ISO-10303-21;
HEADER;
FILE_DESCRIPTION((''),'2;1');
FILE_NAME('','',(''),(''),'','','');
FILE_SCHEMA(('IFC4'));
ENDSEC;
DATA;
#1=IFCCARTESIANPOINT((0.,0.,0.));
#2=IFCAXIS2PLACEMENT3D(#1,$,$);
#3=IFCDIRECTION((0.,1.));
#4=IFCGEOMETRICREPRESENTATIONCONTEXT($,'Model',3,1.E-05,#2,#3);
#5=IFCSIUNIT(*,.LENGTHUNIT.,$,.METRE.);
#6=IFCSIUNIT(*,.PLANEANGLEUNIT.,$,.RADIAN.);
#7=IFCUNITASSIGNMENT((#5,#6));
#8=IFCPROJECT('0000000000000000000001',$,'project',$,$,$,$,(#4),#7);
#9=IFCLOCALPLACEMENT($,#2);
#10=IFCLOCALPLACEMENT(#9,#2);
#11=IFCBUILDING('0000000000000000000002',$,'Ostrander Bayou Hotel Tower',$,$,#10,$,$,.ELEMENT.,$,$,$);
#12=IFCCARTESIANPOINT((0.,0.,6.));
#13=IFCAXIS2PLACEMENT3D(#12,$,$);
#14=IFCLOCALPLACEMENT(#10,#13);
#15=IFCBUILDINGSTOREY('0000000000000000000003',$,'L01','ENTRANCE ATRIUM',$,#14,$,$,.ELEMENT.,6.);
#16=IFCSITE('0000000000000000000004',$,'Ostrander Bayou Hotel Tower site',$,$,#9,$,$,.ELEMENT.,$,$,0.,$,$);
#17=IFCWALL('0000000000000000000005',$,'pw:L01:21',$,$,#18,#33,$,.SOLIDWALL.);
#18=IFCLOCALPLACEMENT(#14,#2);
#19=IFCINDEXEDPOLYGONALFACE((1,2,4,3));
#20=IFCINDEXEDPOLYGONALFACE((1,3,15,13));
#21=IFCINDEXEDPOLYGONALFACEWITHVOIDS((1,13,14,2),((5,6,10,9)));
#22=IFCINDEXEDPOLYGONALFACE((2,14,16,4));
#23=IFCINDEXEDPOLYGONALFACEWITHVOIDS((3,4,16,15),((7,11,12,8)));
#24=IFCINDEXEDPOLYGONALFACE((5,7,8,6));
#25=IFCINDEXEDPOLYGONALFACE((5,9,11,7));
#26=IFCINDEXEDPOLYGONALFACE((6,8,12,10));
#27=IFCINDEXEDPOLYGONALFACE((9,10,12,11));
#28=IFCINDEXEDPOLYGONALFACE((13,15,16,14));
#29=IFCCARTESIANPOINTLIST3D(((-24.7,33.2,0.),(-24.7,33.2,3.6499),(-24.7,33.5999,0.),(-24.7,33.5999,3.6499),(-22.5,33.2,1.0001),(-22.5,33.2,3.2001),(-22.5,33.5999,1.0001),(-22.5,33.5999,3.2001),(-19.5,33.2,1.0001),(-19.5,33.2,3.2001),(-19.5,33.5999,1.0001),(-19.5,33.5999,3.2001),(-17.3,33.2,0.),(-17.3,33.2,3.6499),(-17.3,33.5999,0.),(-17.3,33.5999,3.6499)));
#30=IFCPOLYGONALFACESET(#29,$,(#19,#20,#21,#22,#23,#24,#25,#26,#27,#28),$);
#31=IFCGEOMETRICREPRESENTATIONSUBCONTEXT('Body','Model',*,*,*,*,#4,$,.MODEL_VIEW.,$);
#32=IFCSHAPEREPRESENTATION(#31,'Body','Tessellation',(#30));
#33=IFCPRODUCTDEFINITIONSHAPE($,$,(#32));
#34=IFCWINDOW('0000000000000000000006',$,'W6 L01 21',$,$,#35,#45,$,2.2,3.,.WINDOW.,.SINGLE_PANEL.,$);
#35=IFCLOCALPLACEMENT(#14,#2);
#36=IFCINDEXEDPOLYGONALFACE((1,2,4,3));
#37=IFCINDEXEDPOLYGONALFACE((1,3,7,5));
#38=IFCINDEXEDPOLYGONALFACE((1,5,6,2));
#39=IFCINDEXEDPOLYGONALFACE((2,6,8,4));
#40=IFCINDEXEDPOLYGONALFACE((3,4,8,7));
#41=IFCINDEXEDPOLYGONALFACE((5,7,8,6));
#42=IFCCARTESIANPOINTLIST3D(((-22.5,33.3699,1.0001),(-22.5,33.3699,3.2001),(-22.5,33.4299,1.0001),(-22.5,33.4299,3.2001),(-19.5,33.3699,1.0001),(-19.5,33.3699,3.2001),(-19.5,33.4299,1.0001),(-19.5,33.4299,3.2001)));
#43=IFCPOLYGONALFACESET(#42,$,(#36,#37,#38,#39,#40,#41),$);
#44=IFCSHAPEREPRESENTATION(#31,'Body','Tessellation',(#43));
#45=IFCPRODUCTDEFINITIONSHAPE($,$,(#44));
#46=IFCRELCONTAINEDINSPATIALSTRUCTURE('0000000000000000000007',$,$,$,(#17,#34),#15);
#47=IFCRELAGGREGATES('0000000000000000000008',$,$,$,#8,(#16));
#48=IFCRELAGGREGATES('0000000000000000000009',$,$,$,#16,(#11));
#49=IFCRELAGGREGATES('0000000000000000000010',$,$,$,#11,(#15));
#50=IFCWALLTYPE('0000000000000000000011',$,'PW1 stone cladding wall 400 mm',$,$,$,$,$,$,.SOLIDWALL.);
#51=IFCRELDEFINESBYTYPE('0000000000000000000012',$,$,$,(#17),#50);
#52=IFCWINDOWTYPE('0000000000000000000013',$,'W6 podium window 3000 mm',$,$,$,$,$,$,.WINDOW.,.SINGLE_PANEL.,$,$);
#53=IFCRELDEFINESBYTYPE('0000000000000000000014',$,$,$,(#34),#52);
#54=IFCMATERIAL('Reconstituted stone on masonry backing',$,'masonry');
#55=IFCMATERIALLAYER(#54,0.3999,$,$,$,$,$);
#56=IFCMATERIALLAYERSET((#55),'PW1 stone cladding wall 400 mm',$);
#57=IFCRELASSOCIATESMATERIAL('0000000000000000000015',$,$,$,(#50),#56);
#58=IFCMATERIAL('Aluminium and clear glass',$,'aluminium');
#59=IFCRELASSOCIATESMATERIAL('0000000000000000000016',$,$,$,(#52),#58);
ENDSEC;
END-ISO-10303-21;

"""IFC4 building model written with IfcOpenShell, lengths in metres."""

from ifc_helpers import new_model, si_unit, direction, frame, frame_2d, origin, place, context, subcontext, project, spatial, rectangle, extrude, material, layer, layer_set, type_object, element, fill, save


model = new_model("IFC4")

# Units and contexts
model_context = context("Model", 3, precision=1e-05, world=origin(), true_north=direction((0.0, 1.0)))
body_context = subcontext(model_context, "Body", "Model", "MODEL_VIEW")
ifc_project = project(units=[si_unit("LENGTHUNIT", "METRE"), si_unit("PLANEANGLEUNIT", "RADIAN")], contexts=[model_context])

# Site, building, storey
site_placement = place(None, origin())
site = spatial("IfcSite", under=ifc_project, at=site_placement, Name="Ostrander Bayou Hotel Tower site", CompositionType="ELEMENT", RefElevation=0.0)
building_placement = place(site_placement, origin())
building = spatial("IfcBuilding", under=site, at=building_placement, Name="Ostrander Bayou Hotel Tower", CompositionType="ELEMENT")
storey_placement = place(building_placement, frame((0.0, 0.0, 6.0)))
storey = spatial("IfcBuildingStorey", under=building, at=storey_placement, Name="L01", Description="ENTRANCE ATRIUM", CompositionType="ELEMENT", Elevation=6.0)

# Wall, opening, window
ifc_material_1 = material(Name="Reconstituted stone on masonry backing", Category="masonry")
ifc_layer_1 = layer(ifc_material_1, 0.3999)
ifc_layer_set_1 = layer_set([ifc_layer_1], Name="PW1 stone cladding wall 400 mm")
wall_type_1 = type_object("IfcWallType", Name="PW1 stone cladding wall 400 mm", PredefinedType="SOLIDWALL", material=ifc_layer_set_1)
ifc_material_2 = material(Name="Aluminium and clear glass", Category="aluminium")
window_type = type_object("IfcWindowType", Name="W6 podium window 3000 mm", PartitioningType="SINGLE_PANEL", PredefinedType="WINDOW", material=ifc_material_2)
wall_1_placement = place(storey_placement, frame((-24.7, 33.3999, 0.0), z_axis=(0.0, 0.0, 1.0), x_axis=(1.0, 0.0, 0.0)))
wall_1 = element("IfcWall", 1, at=wall_1_placement, inside=storey, type_object=wall_type_1, Name="pw:L01:21", PredefinedType="SOLIDWALL", context=body_context, shape_type="SweptSolid", body=[
    extrude(rectangle(XDim=7.3999, YDim=0.3999, at=frame_2d((3.7, 0.0))), origin(), (0.0, 0.0, 1.0), 3.6499),
])
opening_1_placement = place(wall_1_placement, frame((2.2, 0.0, 1.0)))
opening_1 = element("IfcOpeningElement", 2, at=opening_1_placement, cuts=wall_1, PredefinedType="OPENING", context=body_context, shape_type="SweptSolid", body=[
    extrude(rectangle(XDim=3.0, YDim=2.2, at=frame_2d((1.5, 1.1001))), frame((0.0, 0.2, 0.0), z_axis=(0.0, -1.0, 0.0), x_axis=(1.0, 0.0, 0.0)), (0.0, 0.0, 1.0), 0.3999),
])
window_1_placement = place(opening_1_placement, origin())
window_1 = element("IfcWindow", 3, at=window_1_placement, inside=storey, type_object=window_type, Name="W6 L01 21", OverallHeight=2.2, OverallWidth=3.0, PartitioningType="SINGLE_PANEL", PredefinedType="WINDOW", context=body_context, shape_type="SweptSolid", body=[
    extrude(rectangle(XDim=3.0, YDim=2.2, at=frame_2d((1.5, 1.1001))), frame((0.0, 0.03, 0.0), z_axis=(0.0, -1.0, 0.0), x_axis=(1.0, 0.0, 0.0)), (0.0, 0.0, 1.0), 0.0601),
])
fill(opening_1, window_1)

save(model, "model.ifc")
